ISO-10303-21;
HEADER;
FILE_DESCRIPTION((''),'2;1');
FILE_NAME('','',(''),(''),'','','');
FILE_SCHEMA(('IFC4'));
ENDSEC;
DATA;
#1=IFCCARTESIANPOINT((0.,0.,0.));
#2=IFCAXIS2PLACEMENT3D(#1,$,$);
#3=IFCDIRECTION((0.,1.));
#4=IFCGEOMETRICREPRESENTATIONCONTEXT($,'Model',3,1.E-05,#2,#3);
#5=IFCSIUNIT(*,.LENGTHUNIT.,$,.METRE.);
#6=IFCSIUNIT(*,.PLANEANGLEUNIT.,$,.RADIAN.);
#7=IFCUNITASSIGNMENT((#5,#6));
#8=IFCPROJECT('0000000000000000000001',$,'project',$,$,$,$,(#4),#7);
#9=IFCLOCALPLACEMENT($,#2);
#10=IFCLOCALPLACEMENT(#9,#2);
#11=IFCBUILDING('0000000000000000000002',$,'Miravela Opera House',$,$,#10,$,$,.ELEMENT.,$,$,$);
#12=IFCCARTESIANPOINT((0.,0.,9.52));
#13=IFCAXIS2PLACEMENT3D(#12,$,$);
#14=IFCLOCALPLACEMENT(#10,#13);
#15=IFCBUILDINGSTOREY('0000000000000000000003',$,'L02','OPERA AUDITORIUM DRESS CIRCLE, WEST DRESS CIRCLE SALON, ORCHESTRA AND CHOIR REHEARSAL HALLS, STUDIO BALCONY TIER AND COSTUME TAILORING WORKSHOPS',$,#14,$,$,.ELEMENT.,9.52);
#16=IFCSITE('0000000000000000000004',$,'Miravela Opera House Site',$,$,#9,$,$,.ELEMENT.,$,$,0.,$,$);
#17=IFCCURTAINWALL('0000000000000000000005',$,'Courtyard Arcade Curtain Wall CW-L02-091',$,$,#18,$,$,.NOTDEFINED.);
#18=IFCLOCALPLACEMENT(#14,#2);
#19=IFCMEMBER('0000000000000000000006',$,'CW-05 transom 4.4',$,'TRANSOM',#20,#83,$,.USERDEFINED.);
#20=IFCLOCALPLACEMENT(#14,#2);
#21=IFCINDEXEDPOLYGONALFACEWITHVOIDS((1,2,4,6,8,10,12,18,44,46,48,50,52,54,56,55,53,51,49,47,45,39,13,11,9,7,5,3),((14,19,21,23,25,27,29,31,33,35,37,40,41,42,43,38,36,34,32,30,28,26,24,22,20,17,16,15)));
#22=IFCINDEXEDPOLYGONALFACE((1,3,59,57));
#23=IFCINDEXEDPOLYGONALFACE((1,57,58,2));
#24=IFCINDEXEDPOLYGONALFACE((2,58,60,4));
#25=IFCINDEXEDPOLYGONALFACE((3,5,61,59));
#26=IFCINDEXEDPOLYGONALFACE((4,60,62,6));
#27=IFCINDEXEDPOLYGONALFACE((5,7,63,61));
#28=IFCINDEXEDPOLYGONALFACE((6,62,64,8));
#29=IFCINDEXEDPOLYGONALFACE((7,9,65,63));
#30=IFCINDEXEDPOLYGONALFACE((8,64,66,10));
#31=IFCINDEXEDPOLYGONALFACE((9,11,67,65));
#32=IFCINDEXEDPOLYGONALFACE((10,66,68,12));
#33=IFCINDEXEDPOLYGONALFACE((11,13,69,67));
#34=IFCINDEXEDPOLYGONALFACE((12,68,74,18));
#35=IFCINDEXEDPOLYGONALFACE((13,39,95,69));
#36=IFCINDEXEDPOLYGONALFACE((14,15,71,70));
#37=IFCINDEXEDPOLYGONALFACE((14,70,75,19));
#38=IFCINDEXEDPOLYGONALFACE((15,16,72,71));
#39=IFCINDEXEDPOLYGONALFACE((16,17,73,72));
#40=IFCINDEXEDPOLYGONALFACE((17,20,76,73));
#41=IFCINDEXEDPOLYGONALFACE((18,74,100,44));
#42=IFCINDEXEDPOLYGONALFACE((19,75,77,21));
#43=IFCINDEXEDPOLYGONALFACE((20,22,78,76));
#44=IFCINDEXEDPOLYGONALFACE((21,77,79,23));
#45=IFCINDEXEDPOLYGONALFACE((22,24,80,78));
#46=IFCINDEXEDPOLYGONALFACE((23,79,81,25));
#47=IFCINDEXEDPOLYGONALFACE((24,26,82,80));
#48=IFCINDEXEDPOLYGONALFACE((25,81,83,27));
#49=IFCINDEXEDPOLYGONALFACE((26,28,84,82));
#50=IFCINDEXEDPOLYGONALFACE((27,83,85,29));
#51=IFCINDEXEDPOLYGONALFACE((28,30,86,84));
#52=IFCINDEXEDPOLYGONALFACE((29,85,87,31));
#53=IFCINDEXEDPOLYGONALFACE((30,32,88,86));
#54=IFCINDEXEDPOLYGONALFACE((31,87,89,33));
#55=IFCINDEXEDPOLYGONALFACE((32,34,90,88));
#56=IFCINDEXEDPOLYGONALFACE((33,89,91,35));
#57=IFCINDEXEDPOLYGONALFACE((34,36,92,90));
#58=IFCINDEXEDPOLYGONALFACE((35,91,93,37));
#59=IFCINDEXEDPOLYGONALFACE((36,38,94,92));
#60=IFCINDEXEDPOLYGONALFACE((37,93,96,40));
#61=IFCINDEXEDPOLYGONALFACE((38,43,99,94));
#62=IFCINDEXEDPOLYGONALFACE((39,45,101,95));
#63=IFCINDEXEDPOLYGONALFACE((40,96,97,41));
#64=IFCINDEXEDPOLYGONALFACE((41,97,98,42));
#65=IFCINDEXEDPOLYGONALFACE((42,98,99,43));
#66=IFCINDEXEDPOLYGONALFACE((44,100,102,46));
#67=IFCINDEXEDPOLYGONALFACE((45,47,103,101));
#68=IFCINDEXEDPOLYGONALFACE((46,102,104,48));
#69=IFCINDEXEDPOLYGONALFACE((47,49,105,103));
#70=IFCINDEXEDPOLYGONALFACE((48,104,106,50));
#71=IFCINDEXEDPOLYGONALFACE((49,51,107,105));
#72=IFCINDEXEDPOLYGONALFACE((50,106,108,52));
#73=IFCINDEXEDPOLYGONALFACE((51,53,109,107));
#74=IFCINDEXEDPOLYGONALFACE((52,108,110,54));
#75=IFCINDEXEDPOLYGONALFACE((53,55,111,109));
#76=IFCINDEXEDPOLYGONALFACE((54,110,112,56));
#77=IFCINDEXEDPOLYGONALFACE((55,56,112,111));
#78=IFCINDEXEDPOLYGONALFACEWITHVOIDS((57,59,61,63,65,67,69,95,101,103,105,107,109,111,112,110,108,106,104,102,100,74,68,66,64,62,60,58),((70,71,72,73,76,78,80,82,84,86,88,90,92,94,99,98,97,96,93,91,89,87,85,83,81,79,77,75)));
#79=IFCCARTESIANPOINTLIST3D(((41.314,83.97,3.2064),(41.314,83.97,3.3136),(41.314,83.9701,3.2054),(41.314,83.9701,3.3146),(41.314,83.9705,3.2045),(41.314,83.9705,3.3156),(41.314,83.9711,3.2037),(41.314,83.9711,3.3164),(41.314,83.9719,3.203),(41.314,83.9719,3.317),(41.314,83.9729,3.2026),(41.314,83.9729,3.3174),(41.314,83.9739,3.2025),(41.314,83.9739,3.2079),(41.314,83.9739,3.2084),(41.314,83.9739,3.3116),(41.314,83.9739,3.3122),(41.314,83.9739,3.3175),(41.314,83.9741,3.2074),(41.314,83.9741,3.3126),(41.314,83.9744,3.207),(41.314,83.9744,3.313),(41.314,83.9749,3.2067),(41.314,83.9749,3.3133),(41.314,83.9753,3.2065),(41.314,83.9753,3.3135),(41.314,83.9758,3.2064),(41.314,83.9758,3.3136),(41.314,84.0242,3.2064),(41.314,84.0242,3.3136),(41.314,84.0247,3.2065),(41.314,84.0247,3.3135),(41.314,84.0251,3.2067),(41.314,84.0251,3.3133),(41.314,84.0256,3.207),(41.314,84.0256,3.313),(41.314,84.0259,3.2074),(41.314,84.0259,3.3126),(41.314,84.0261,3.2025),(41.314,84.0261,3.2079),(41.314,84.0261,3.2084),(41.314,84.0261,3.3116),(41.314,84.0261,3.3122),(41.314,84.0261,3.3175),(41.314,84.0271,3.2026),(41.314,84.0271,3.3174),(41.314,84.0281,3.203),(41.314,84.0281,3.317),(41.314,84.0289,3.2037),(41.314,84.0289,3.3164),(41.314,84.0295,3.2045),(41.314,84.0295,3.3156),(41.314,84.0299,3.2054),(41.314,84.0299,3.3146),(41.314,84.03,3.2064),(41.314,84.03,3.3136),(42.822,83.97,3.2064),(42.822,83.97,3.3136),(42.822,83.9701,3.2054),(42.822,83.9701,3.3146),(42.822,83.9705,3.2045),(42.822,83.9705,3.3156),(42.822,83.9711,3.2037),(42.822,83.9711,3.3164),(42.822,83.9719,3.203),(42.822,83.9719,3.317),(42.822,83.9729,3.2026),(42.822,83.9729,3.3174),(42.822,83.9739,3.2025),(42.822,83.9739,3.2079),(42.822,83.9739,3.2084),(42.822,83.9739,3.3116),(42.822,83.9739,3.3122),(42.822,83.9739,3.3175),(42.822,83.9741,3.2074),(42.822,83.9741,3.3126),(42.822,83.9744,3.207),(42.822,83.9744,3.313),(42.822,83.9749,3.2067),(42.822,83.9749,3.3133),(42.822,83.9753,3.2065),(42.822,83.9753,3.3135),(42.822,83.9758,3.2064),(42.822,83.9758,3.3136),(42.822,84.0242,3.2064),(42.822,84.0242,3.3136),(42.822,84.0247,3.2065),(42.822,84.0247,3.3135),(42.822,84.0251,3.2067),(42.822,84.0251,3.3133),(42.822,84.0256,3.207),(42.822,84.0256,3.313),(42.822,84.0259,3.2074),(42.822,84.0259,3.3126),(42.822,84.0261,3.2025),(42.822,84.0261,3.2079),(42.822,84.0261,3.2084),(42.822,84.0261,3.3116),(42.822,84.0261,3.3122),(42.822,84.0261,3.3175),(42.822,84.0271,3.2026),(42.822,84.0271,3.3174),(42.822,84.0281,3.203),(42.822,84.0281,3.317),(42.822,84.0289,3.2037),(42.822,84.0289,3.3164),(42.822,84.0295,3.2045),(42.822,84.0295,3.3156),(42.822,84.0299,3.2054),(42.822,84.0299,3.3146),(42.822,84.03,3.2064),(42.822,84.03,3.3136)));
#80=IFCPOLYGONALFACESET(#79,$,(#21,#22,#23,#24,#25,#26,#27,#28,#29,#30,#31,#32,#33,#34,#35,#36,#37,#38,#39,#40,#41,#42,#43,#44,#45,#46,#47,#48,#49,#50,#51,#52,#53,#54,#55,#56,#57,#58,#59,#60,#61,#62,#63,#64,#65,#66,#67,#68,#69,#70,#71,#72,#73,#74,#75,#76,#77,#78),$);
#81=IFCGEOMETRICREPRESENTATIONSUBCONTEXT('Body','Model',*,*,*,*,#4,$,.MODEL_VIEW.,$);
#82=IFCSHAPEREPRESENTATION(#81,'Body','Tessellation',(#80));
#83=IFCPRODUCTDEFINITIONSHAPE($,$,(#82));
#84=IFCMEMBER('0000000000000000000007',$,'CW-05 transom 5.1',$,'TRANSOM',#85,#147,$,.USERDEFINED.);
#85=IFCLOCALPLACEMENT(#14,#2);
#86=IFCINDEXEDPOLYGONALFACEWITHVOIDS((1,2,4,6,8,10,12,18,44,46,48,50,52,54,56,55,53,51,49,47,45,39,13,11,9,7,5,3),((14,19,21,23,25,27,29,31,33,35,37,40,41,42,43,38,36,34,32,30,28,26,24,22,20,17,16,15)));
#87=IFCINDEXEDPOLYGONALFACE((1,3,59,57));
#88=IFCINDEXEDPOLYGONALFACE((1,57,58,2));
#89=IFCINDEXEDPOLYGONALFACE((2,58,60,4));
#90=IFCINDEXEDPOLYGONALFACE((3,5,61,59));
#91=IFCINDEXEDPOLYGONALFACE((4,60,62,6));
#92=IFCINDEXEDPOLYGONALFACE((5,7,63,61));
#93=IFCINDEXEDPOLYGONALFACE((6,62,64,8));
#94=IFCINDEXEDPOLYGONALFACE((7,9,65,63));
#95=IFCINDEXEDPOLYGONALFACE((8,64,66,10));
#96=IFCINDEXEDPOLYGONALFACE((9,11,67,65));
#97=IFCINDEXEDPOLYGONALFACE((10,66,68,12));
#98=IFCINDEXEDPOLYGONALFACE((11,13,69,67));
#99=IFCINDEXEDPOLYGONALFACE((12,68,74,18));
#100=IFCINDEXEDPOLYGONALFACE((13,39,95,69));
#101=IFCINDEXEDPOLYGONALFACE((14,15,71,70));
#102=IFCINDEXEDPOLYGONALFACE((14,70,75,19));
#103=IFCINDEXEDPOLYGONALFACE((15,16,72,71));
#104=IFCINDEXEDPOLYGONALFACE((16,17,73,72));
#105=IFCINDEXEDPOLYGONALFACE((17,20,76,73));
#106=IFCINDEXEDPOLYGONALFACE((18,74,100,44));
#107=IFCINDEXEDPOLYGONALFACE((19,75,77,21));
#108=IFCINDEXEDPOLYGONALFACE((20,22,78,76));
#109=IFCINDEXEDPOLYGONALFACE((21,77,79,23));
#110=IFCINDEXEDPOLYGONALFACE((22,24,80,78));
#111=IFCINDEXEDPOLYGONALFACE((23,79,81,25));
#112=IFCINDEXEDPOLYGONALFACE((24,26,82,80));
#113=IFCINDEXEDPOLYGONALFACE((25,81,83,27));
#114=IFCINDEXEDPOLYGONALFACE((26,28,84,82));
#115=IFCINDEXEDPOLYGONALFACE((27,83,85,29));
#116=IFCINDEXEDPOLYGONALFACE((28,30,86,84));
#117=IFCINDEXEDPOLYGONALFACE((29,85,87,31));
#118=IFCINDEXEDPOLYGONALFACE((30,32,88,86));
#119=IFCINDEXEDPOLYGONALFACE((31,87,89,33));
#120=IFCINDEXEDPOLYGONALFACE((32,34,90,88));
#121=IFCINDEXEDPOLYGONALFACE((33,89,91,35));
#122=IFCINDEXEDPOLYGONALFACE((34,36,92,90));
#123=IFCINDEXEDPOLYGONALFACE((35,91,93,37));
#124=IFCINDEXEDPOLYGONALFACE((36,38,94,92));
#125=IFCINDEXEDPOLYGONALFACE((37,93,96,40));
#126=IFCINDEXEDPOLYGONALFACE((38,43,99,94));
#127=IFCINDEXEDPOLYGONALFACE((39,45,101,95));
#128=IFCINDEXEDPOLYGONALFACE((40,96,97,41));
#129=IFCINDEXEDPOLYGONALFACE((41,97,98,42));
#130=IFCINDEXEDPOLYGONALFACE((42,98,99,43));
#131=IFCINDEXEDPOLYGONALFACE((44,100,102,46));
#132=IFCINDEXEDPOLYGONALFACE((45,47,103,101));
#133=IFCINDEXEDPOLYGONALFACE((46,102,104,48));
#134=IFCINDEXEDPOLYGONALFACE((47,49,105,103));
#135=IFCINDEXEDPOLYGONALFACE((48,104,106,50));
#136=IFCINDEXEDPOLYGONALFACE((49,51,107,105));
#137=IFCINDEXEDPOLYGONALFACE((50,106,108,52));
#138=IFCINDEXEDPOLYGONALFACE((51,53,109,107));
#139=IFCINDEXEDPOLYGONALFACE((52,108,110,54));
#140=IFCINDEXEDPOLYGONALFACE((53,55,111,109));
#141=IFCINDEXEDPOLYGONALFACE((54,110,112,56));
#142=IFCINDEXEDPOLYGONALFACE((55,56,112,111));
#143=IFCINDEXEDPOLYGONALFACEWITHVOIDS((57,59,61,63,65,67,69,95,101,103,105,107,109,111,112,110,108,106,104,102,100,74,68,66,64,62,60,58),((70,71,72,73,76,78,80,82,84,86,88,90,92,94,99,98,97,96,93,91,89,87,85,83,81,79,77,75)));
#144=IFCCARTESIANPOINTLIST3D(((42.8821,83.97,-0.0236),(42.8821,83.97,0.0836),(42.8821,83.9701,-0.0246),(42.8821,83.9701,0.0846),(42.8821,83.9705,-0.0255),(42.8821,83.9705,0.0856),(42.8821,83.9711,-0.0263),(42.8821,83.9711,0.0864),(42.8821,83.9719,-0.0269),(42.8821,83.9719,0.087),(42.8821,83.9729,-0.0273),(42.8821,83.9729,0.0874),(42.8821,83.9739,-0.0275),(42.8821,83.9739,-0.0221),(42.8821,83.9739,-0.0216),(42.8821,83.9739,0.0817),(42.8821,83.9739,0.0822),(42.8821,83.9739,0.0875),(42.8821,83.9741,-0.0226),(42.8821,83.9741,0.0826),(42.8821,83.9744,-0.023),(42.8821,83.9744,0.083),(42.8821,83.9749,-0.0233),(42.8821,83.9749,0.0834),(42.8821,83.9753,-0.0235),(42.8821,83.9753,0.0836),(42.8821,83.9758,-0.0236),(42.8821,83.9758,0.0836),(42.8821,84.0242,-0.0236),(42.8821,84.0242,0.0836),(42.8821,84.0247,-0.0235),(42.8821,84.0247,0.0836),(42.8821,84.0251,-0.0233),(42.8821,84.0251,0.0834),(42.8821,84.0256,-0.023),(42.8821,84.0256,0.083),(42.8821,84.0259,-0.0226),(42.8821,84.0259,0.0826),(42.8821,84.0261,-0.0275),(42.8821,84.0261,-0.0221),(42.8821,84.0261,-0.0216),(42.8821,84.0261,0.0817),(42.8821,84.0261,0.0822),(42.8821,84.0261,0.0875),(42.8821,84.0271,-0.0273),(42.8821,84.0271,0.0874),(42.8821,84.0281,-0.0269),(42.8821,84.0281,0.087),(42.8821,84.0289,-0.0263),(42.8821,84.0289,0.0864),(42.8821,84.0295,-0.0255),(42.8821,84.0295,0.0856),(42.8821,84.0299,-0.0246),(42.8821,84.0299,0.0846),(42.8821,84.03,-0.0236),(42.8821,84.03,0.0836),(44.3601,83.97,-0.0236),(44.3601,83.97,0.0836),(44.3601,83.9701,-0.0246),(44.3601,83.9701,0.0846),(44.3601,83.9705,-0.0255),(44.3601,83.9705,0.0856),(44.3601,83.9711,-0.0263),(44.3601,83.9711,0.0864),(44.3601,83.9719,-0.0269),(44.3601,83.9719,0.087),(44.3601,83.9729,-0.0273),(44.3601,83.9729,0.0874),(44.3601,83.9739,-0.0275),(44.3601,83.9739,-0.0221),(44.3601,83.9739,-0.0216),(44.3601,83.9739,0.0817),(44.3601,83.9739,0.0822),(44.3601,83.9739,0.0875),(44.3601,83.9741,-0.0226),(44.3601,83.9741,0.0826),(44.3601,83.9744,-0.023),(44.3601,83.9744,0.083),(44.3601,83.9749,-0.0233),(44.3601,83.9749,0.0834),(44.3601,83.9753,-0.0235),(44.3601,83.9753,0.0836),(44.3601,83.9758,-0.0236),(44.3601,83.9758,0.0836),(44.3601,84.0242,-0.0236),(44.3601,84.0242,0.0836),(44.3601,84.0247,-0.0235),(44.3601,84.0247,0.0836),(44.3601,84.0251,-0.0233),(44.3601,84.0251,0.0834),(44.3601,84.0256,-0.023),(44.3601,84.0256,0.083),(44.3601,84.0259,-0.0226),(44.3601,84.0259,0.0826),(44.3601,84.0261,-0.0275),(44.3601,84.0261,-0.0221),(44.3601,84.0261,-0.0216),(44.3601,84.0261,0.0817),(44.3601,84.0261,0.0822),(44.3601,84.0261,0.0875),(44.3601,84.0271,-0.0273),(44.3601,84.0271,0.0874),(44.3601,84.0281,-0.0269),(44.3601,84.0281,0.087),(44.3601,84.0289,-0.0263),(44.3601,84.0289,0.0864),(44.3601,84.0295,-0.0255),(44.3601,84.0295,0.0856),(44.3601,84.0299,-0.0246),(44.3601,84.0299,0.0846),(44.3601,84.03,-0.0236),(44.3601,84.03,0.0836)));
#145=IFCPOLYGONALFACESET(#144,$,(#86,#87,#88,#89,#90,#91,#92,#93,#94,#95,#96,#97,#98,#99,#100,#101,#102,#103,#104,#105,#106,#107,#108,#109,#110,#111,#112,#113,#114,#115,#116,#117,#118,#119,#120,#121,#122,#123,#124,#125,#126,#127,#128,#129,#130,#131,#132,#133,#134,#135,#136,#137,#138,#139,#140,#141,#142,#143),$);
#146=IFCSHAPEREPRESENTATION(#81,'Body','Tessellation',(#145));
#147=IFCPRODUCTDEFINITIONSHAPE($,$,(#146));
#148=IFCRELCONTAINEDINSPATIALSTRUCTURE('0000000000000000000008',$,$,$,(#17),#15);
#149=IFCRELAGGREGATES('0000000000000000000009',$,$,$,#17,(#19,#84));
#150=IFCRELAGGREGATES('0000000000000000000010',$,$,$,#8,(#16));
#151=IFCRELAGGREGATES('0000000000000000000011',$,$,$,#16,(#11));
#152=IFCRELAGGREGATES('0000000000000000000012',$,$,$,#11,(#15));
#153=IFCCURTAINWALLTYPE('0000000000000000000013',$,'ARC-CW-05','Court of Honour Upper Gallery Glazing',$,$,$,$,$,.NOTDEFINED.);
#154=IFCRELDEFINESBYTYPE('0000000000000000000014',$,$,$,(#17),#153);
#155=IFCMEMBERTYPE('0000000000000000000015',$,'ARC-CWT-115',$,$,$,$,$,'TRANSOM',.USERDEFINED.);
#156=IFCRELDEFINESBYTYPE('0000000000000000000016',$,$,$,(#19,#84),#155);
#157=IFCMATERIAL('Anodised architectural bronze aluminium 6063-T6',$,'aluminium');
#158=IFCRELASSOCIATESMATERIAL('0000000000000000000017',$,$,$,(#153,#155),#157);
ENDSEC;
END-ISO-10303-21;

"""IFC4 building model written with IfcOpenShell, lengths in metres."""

from ifc_helpers import new_model, si_unit, direction, frame, origin, origin_2d, place, context, subcontext, project, spatial, hollow_rectangle, extrude, material, material_profile, profile_set, type_object, element, aggregate, save


model = new_model("IFC4")

# Units and contexts
model_context = context("Model", 3, precision=1e-05, world=origin(), true_north=direction((0.0, 1.0)))
body_context = subcontext(model_context, "Body", "Model", "MODEL_VIEW")
ifc_project = project(units=[si_unit("LENGTHUNIT", "METRE"), si_unit("PLANEANGLEUNIT", "RADIAN")], contexts=[model_context])

# Site, building, storey
site_placement = place(None, origin())
site = spatial("IfcSite", under=ifc_project, at=site_placement, Name="Miravela Opera House Site", CompositionType="ELEMENT", RefElevation=0.0)
building_placement = place(site_placement, origin())
building = spatial("IfcBuilding", under=site, at=building_placement, Name="Miravela Opera House", CompositionType="ELEMENT")
storey_placement = place(building_placement, frame((0.0, 0.0, 9.52)))
storey = spatial("IfcBuildingStorey", under=building, at=storey_placement, Name="L02", Description="OPERA AUDITORIUM DRESS CIRCLE, WEST DRESS CIRCLE SALON, ORCHESTRA AND CHOIR REHEARSAL HALLS, STUDIO BALCONY TIER AND COSTUME TAILORING WORKSHOPS", CompositionType="ELEMENT", Elevation=9.52)

# Curtain wall, members
ifc_material_1 = material(Name="Anodised architectural bronze aluminium 6063-T6", Category="aluminium")
curtain_wall_type = type_object("IfcCurtainWallType", Name="ARC-CW-05", Description="Court of Honour Upper Gallery Glazing", PredefinedType="NOTDEFINED", material=ifc_material_1)
curtain_wall_placement = place(storey_placement, origin())
curtain_wall = element("IfcCurtainWall", 1, at=curtain_wall_placement, inside=storey, type_object=curtain_wall_type, Name="Courtyard Arcade Curtain Wall CW-L02-091", PredefinedType="NOTDEFINED")
ifc_material_profile_1 = material_profile(ifc_material_1, hollow_rectangle(XDim=0.0601, YDim=0.115, WallThickness=0.0039, InnerFilletRadius=0.002, OuterFilletRadius=0.0039, at=origin_2d()), Name="CWT-60X115")
ifc_profile_set_1 = profile_set([ifc_material_profile_1])
member_type_1 = type_object("IfcMemberType", Name="ARC-CWT-115", ElementType="TRANSOM", PredefinedType="USERDEFINED", material=ifc_profile_set_1)
member_1_placement = place(storey_placement, frame((41.314, 84.0, 3.26), z_axis=(1.0, 0.0, 0.0), x_axis=(0.0, 1.0, 0.0)))
member_1 = element("IfcMember", 2, at=member_1_placement, type_object=member_type_1, Name="CW-05 transom 4.4", ObjectType="TRANSOM", PredefinedType="USERDEFINED", context=body_context, shape_type="SweptSolid", body=[
    extrude(hollow_rectangle(XDim=0.0601, YDim=0.115, WallThickness=0.0039, InnerFilletRadius=0.002, OuterFilletRadius=0.0039, at=origin_2d()), origin(), (0.0, 0.0, 1.0), 1.5081),
])
member_2_placement = place(storey_placement, frame((42.8821, 84.0, 0.03), z_axis=(1.0, 0.0, 0.0), x_axis=(0.0, 1.0, 0.0)))
member_2 = element("IfcMember", 3, at=member_2_placement, type_object=member_type_1, Name="CW-05 transom 5.1", ObjectType="TRANSOM", PredefinedType="USERDEFINED", context=body_context, shape_type="SweptSolid", body=[
    extrude(hollow_rectangle(XDim=0.0601, YDim=0.115, WallThickness=0.0039, InnerFilletRadius=0.002, OuterFilletRadius=0.0039, at=origin_2d()), origin(), (0.0, 0.0, 1.0), 1.478),
])
aggregate(curtain_wall, [member_1, member_2])

save(model, "model.ifc")
